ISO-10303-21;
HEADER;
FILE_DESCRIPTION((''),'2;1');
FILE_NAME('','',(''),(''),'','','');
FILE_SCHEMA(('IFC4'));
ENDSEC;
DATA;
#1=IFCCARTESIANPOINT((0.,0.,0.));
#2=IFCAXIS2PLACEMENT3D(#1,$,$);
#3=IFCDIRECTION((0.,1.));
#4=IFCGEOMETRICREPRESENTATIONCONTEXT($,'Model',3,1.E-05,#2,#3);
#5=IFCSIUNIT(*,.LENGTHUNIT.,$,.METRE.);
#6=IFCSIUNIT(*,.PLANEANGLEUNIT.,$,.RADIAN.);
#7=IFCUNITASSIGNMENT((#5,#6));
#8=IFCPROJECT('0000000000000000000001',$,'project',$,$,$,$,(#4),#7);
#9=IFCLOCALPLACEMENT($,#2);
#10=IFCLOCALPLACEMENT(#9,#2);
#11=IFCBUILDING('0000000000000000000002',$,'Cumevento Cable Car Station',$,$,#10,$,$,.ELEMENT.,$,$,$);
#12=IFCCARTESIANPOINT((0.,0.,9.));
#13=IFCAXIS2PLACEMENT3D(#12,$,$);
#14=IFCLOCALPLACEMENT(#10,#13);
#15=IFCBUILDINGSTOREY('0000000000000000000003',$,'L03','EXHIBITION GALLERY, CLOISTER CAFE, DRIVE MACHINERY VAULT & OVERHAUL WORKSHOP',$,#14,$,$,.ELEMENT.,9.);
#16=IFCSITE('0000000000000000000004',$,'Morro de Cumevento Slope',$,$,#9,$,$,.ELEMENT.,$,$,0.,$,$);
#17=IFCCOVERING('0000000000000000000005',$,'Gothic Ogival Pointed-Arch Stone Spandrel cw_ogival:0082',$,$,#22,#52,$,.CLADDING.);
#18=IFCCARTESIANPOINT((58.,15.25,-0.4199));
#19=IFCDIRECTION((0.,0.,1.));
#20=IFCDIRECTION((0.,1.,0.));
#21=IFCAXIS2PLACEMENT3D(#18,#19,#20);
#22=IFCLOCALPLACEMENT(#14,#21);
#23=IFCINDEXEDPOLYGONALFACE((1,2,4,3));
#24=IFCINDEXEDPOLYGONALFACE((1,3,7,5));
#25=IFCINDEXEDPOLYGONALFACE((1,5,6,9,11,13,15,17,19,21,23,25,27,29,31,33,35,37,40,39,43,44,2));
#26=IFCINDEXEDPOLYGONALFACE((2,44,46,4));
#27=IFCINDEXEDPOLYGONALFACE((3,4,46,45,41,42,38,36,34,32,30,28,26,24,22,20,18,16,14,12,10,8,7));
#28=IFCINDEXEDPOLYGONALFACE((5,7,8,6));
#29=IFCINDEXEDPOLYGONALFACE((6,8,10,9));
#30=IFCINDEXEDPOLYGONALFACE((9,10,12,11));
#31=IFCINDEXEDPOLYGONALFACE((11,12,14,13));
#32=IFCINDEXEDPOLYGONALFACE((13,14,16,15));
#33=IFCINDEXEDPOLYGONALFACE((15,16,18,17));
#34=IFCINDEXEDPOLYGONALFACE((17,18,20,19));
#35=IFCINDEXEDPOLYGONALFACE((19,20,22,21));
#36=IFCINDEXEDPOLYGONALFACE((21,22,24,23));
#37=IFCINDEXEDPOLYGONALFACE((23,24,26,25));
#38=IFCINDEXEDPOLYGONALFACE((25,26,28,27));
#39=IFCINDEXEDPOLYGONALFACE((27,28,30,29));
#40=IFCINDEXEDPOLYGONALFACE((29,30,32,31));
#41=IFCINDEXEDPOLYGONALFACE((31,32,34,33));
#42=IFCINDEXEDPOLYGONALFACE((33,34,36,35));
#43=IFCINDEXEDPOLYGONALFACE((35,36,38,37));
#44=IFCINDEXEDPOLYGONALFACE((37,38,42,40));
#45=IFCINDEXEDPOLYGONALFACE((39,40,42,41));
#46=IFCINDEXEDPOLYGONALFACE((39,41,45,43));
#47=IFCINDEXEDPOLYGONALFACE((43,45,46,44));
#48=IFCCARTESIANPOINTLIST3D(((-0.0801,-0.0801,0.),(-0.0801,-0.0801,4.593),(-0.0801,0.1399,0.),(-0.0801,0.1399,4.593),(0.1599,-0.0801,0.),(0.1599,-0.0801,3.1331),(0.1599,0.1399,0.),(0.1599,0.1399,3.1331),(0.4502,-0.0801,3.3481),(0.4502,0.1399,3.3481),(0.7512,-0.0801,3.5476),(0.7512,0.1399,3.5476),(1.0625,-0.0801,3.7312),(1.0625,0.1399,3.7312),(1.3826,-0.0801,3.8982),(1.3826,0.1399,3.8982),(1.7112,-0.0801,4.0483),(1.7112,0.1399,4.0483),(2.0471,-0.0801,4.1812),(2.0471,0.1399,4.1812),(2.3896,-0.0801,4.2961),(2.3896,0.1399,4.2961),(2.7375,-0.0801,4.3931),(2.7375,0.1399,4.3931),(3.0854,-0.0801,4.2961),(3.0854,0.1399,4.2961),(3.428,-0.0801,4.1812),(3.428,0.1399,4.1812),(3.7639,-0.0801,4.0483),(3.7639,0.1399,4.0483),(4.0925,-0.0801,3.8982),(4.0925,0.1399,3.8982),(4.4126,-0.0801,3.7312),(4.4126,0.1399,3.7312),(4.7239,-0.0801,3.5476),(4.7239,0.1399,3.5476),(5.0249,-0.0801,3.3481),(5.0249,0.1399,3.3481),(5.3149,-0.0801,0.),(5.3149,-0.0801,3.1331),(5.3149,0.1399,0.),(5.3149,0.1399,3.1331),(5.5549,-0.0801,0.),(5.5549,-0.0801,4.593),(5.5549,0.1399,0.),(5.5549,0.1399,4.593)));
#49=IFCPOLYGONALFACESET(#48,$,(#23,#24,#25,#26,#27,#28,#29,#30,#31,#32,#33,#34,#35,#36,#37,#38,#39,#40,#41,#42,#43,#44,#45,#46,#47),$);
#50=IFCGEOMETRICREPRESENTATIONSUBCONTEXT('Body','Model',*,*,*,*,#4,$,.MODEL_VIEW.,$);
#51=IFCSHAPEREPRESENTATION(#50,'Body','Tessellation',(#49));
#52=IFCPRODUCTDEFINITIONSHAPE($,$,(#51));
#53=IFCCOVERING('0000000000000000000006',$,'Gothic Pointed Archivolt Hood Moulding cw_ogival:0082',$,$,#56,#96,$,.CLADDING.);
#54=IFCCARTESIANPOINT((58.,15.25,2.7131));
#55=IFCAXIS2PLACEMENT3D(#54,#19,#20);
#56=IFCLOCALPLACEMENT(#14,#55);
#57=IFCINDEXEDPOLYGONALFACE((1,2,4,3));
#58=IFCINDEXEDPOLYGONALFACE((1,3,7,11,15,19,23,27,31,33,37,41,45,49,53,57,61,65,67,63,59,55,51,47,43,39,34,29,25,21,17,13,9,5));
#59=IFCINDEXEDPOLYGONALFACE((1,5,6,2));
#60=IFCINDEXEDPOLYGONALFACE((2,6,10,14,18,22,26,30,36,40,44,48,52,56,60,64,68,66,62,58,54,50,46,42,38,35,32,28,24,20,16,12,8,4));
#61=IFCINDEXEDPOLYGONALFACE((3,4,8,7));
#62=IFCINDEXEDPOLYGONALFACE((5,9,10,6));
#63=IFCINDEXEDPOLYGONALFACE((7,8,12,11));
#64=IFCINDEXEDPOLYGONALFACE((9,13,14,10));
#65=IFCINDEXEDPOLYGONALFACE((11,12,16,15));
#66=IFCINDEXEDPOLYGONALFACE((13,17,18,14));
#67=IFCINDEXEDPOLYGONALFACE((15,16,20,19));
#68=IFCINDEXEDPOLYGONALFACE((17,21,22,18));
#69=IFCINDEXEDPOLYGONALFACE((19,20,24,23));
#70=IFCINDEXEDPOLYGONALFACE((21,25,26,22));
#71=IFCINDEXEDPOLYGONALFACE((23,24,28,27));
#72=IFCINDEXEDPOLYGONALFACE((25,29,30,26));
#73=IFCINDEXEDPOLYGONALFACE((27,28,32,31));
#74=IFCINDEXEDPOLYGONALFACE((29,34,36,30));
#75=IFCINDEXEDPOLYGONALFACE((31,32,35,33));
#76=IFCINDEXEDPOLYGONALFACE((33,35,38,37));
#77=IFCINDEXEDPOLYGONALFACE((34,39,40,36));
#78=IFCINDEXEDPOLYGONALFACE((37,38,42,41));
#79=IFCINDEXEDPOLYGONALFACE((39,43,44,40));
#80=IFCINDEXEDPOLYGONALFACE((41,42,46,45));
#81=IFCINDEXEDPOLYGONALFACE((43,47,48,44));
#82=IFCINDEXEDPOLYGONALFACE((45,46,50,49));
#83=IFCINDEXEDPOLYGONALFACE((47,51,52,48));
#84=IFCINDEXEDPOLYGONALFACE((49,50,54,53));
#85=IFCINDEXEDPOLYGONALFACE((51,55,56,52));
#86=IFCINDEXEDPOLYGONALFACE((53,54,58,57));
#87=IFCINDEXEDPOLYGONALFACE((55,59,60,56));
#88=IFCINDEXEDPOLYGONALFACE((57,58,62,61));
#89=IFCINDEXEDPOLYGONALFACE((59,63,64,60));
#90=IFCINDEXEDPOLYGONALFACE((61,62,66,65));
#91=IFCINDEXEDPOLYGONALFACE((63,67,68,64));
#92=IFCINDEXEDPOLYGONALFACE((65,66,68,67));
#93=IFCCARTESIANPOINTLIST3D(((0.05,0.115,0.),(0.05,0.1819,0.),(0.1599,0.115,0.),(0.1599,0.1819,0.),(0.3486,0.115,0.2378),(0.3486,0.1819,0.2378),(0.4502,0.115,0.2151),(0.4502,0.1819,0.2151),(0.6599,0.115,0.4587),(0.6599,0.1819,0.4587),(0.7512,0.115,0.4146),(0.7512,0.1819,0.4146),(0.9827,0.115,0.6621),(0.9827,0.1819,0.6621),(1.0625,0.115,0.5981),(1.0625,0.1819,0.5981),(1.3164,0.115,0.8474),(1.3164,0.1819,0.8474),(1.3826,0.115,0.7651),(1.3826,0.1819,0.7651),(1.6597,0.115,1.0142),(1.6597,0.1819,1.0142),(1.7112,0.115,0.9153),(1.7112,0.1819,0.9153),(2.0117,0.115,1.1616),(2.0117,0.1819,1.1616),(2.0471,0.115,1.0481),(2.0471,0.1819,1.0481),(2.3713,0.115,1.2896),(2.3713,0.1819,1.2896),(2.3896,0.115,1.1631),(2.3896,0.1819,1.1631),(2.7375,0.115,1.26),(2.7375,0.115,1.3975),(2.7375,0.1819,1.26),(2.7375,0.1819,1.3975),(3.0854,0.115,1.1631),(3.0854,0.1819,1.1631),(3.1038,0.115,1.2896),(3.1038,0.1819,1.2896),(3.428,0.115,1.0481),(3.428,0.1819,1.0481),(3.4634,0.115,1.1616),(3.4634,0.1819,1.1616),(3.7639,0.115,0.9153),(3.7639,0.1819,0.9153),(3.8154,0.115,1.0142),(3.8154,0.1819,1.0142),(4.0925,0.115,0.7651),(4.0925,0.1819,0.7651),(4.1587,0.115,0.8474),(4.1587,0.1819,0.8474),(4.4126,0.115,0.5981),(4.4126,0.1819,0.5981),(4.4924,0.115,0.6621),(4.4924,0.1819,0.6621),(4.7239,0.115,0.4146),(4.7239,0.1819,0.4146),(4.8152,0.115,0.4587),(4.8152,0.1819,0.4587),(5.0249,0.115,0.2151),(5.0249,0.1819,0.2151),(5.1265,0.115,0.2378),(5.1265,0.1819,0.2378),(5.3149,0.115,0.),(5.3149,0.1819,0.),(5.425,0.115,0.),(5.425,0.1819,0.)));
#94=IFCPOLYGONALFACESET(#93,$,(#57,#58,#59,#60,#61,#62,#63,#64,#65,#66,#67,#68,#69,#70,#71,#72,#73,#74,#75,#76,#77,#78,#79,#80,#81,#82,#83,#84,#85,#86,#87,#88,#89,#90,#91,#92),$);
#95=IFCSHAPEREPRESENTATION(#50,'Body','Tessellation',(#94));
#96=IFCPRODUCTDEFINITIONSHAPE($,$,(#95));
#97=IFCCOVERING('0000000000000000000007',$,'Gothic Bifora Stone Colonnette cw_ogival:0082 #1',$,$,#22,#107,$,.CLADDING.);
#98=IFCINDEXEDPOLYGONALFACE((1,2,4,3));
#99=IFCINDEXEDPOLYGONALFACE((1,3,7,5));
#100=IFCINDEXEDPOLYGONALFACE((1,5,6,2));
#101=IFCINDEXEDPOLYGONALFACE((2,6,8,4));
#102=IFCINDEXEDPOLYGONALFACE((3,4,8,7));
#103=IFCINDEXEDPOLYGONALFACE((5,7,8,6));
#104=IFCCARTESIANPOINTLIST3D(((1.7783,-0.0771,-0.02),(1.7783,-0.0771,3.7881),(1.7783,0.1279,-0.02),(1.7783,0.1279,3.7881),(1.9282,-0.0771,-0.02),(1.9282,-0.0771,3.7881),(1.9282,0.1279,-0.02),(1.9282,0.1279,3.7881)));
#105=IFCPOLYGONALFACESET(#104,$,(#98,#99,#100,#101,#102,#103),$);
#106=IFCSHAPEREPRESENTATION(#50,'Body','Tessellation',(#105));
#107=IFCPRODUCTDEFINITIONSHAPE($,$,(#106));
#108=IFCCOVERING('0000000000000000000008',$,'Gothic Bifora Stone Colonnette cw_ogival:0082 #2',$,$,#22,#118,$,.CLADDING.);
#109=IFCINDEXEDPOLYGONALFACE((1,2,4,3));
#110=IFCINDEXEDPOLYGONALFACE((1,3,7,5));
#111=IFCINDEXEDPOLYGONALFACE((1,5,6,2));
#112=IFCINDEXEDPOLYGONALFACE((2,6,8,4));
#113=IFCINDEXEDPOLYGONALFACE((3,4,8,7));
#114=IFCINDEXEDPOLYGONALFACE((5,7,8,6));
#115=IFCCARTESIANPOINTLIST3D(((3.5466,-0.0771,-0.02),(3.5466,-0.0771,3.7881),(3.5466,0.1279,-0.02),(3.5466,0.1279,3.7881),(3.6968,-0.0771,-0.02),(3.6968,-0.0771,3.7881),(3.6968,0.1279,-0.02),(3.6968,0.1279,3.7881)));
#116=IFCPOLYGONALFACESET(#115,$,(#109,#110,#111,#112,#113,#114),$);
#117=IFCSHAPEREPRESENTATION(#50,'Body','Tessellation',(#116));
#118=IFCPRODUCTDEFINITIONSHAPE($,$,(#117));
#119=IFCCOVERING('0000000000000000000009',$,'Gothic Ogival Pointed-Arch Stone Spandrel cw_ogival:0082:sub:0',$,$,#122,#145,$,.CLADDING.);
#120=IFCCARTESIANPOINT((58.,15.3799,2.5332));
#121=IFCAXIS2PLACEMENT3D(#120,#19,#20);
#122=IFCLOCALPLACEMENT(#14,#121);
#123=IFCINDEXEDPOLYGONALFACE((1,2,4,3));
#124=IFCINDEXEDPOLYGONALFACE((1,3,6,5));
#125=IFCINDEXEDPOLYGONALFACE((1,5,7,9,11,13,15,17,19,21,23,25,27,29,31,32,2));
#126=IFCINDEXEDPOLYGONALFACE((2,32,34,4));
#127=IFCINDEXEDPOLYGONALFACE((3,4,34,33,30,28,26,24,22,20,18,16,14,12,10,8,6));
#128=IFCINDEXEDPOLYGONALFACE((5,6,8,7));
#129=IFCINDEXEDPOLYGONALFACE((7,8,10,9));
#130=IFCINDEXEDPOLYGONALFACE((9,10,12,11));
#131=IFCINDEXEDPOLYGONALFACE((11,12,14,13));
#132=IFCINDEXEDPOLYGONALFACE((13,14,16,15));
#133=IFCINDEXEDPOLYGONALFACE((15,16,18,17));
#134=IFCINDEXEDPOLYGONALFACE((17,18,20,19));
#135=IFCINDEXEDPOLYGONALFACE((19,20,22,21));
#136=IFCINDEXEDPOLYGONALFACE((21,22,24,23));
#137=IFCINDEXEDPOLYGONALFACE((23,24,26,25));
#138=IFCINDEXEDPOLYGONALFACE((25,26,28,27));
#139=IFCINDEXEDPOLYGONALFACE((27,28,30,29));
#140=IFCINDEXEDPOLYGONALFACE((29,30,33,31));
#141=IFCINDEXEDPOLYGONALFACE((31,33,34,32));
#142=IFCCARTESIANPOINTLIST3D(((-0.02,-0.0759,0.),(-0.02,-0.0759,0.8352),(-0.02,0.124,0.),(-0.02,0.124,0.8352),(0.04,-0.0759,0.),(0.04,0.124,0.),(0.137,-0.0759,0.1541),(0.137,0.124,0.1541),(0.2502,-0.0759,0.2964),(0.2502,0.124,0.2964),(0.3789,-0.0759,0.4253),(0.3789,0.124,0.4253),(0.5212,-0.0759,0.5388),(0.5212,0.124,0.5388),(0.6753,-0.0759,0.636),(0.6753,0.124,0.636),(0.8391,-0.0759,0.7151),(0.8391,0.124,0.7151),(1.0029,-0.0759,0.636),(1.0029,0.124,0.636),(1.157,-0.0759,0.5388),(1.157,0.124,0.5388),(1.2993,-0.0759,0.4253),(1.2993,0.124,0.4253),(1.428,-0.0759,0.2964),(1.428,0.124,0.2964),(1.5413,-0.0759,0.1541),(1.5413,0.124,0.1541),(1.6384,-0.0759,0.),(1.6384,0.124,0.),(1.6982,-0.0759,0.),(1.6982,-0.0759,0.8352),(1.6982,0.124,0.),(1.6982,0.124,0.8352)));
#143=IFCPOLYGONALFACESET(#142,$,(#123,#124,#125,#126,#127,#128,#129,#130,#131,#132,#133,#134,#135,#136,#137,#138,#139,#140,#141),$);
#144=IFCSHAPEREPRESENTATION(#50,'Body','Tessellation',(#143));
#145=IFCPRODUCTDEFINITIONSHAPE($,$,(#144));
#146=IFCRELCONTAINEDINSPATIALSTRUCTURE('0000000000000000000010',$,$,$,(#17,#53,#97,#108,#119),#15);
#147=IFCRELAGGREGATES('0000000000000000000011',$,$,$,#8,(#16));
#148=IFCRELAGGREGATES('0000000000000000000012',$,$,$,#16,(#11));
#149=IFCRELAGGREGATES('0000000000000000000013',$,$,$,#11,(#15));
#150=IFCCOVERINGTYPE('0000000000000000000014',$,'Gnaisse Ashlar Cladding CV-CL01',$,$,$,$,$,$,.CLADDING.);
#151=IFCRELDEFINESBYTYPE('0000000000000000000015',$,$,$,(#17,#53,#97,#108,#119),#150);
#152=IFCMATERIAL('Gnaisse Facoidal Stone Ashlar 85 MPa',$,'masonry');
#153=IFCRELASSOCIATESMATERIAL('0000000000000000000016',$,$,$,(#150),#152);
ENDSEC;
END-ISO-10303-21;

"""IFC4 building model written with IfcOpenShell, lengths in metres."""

from ifc_helpers import new_model, si_unit, direction, frame, origin, place, context, subcontext, project, spatial, polyline, outline, extrude, material, type_object, element, save


model = new_model("IFC4")

# Units and contexts
model_context = context("Model", 3, precision=1e-05, world=origin(), true_north=direction((0.0, 1.0)))
body_context = subcontext(model_context, "Body", "Model", "MODEL_VIEW")
ifc_project = project(units=[si_unit("LENGTHUNIT", "METRE"), si_unit("PLANEANGLEUNIT", "RADIAN")], contexts=[model_context])

# Site, building, storey
site_placement = place(None, origin())
site = spatial("IfcSite", under=ifc_project, at=site_placement, Name="Morro de Cumevento Slope", CompositionType="ELEMENT", RefElevation=0.0)
building_placement = place(site_placement, origin())
building = spatial("IfcBuilding", under=site, at=building_placement, Name="Cumevento Cable Car Station", CompositionType="ELEMENT")
storey_placement = place(building_placement, frame((0.0, 0.0, 9.0)))
storey = spatial("IfcBuildingStorey", under=building, at=storey_placement, Name="L03", Description="EXHIBITION GALLERY, CLOISTER CAFE, DRIVE MACHINERY VAULT & OVERHAUL WORKSHOP", CompositionType="ELEMENT", Elevation=9.0)

# Coverings
ifc_material_1 = material(Name="Gnaisse Facoidal Stone Ashlar 85 MPa", Category="masonry")
covering_type = type_object("IfcCoveringType", Name="Gnaisse Ashlar Cladding CV-CL01", PredefinedType="CLADDING", material=ifc_material_1)
placement = place(storey_placement, frame((58.0, 15.25, -0.4199), z_axis=(0.0, 0.0, 1.0), x_axis=(0.0, 1.0, 0.0)))
element("IfcCovering", 1, at=placement, inside=storey, type_object=covering_type, Name="Gothic Ogival Pointed-Arch Stone Spandrel cw_ogival:0082", PredefinedType="CLADDING", context=body_context, shape_type="SweptSolid", body=[
    extrude(outline(polyline([(-0.0801, 0.0), (-0.0801, 4.593), (5.5549, 4.593), (5.5549, 0.0), (5.3149, 0.0), (5.3149, 3.1331), (5.0249, 3.3481), (4.7239, 3.5476), (4.4126, 3.7312), (4.0925, 3.8982), (3.7639, 4.0483), (3.428, 4.1812), (3.0854, 4.2961), (2.7375, 4.3931), (2.3896, 4.2961), (2.0471, 4.1812), (1.7112, 4.0483), (1.3826, 3.8982), (1.0625, 3.7312), (0.7512, 3.5476), (0.4502, 3.3481), (0.1599, 3.1331), (0.1599, 0.0), (-0.0801, 0.0)])), frame((0.0, 0.1399, 0.0), z_axis=(0.0, -1.0, 0.0), x_axis=(1.0, 0.0, 0.0)), (0.0, 0.0, 1.0), 0.22),
])
covering_1_placement = place(storey_placement, frame((58.0, 15.25, 2.7131), z_axis=(0.0, 0.0, 1.0), x_axis=(0.0, 1.0, 0.0)))
element("IfcCovering", 2, at=covering_1_placement, inside=storey, type_object=covering_type, Name="Gothic Pointed Archivolt Hood Moulding cw_ogival:0082", PredefinedType="CLADDING", context=body_context, shape_type="SweptSolid", body=[
    extrude(outline(polyline([(0.1599, 0.0), (0.4502, 0.2151), (0.7512, 0.4146), (1.0625, 0.5981), (1.3826, 0.7651), (1.7112, 0.9153), (2.0471, 1.0481), (2.3896, 1.1631), (2.7375, 1.26), (3.0854, 1.1631), (3.428, 1.0481), (3.7639, 0.9153), (4.0925, 0.7651), (4.4126, 0.5981), (4.7239, 0.4146), (5.0249, 0.2151), (5.3149, 0.0), (5.425, 0.0), (5.1265, 0.2378), (4.8152, 0.4587), (4.4924, 0.6621), (4.1587, 0.8474), (3.8154, 1.0142), (3.4634, 1.1616), (3.1038, 1.2896), (2.7375, 1.3975), (2.3713, 1.2896), (2.0117, 1.1616), (1.6597, 1.0142), (1.3164, 0.8474), (0.9827, 0.6621), (0.6599, 0.4587), (0.3486, 0.2378), (0.05, 0.0), (0.1599, 0.0)])), frame((0.0, 0.1819, 0.0), z_axis=(0.0, -1.0, 0.0), x_axis=(1.0, 0.0, 0.0)), (0.0, 0.0, 1.0), 0.0669),
])
element("IfcCovering", 3, at=placement, inside=storey, type_object=covering_type, Name="Gothic Bifora Stone Colonnette cw_ogival:0082 #1", PredefinedType="CLADDING", context=body_context, shape_type="SweptSolid", body=[
    extrude(outline(polyline([(1.7783, -0.02), (1.9282, -0.02), (1.9282, 3.7881), (1.7783, 3.7881), (1.7783, -0.02)])), frame((0.0, 0.1279, 0.0), z_axis=(0.0, -1.0, 0.0), x_axis=(1.0, 0.0, 0.0)), (0.0, 0.0, 1.0), 0.2051),
])
element("IfcCovering", 4, at=placement, inside=storey, type_object=covering_type, Name="Gothic Bifora Stone Colonnette cw_ogival:0082 #2", PredefinedType="CLADDING", context=body_context, shape_type="SweptSolid", body=[
    extrude(outline(polyline([(3.5466, -0.02), (3.6968, -0.02), (3.6968, 3.7881), (3.5466, 3.7881), (3.5466, -0.02)])), frame((0.0, 0.1279, 0.0), z_axis=(0.0, -1.0, 0.0), x_axis=(1.0, 0.0, 0.0)), (0.0, 0.0, 1.0), 0.2051),
])
covering_2_placement = place(storey_placement, frame((58.0, 15.3799, 2.5332), z_axis=(0.0, 0.0, 1.0), x_axis=(0.0, 1.0, 0.0)))
element("IfcCovering", 5, at=covering_2_placement, inside=storey, type_object=covering_type, Name="Gothic Ogival Pointed-Arch Stone Spandrel cw_ogival:0082:sub:0", PredefinedType="CLADDING", context=body_context, shape_type="SweptSolid", body=[
    extrude(outline(polyline([(-0.02, 0.0), (-0.02, 0.8352), (1.6982, 0.8352), (1.6982, 0.0), (1.6384, 0.0), (1.5413, 0.1541), (1.428, 0.2964), (1.2993, 0.4253), (1.157, 0.5388), (1.0029, 0.636), (0.8391, 0.7151), (0.6753, 0.636), (0.5212, 0.5388), (0.3789, 0.4253), (0.2502, 0.2964), (0.137, 0.1541), (0.04, 0.0), (-0.02, 0.0)])), frame((0.0, 0.124, 0.0), z_axis=(0.0, -1.0, 0.0), x_axis=(1.0, 0.0, 0.0)), (0.0, 0.0, 1.0), 0.2),
])

save(model, "model.ifc")
